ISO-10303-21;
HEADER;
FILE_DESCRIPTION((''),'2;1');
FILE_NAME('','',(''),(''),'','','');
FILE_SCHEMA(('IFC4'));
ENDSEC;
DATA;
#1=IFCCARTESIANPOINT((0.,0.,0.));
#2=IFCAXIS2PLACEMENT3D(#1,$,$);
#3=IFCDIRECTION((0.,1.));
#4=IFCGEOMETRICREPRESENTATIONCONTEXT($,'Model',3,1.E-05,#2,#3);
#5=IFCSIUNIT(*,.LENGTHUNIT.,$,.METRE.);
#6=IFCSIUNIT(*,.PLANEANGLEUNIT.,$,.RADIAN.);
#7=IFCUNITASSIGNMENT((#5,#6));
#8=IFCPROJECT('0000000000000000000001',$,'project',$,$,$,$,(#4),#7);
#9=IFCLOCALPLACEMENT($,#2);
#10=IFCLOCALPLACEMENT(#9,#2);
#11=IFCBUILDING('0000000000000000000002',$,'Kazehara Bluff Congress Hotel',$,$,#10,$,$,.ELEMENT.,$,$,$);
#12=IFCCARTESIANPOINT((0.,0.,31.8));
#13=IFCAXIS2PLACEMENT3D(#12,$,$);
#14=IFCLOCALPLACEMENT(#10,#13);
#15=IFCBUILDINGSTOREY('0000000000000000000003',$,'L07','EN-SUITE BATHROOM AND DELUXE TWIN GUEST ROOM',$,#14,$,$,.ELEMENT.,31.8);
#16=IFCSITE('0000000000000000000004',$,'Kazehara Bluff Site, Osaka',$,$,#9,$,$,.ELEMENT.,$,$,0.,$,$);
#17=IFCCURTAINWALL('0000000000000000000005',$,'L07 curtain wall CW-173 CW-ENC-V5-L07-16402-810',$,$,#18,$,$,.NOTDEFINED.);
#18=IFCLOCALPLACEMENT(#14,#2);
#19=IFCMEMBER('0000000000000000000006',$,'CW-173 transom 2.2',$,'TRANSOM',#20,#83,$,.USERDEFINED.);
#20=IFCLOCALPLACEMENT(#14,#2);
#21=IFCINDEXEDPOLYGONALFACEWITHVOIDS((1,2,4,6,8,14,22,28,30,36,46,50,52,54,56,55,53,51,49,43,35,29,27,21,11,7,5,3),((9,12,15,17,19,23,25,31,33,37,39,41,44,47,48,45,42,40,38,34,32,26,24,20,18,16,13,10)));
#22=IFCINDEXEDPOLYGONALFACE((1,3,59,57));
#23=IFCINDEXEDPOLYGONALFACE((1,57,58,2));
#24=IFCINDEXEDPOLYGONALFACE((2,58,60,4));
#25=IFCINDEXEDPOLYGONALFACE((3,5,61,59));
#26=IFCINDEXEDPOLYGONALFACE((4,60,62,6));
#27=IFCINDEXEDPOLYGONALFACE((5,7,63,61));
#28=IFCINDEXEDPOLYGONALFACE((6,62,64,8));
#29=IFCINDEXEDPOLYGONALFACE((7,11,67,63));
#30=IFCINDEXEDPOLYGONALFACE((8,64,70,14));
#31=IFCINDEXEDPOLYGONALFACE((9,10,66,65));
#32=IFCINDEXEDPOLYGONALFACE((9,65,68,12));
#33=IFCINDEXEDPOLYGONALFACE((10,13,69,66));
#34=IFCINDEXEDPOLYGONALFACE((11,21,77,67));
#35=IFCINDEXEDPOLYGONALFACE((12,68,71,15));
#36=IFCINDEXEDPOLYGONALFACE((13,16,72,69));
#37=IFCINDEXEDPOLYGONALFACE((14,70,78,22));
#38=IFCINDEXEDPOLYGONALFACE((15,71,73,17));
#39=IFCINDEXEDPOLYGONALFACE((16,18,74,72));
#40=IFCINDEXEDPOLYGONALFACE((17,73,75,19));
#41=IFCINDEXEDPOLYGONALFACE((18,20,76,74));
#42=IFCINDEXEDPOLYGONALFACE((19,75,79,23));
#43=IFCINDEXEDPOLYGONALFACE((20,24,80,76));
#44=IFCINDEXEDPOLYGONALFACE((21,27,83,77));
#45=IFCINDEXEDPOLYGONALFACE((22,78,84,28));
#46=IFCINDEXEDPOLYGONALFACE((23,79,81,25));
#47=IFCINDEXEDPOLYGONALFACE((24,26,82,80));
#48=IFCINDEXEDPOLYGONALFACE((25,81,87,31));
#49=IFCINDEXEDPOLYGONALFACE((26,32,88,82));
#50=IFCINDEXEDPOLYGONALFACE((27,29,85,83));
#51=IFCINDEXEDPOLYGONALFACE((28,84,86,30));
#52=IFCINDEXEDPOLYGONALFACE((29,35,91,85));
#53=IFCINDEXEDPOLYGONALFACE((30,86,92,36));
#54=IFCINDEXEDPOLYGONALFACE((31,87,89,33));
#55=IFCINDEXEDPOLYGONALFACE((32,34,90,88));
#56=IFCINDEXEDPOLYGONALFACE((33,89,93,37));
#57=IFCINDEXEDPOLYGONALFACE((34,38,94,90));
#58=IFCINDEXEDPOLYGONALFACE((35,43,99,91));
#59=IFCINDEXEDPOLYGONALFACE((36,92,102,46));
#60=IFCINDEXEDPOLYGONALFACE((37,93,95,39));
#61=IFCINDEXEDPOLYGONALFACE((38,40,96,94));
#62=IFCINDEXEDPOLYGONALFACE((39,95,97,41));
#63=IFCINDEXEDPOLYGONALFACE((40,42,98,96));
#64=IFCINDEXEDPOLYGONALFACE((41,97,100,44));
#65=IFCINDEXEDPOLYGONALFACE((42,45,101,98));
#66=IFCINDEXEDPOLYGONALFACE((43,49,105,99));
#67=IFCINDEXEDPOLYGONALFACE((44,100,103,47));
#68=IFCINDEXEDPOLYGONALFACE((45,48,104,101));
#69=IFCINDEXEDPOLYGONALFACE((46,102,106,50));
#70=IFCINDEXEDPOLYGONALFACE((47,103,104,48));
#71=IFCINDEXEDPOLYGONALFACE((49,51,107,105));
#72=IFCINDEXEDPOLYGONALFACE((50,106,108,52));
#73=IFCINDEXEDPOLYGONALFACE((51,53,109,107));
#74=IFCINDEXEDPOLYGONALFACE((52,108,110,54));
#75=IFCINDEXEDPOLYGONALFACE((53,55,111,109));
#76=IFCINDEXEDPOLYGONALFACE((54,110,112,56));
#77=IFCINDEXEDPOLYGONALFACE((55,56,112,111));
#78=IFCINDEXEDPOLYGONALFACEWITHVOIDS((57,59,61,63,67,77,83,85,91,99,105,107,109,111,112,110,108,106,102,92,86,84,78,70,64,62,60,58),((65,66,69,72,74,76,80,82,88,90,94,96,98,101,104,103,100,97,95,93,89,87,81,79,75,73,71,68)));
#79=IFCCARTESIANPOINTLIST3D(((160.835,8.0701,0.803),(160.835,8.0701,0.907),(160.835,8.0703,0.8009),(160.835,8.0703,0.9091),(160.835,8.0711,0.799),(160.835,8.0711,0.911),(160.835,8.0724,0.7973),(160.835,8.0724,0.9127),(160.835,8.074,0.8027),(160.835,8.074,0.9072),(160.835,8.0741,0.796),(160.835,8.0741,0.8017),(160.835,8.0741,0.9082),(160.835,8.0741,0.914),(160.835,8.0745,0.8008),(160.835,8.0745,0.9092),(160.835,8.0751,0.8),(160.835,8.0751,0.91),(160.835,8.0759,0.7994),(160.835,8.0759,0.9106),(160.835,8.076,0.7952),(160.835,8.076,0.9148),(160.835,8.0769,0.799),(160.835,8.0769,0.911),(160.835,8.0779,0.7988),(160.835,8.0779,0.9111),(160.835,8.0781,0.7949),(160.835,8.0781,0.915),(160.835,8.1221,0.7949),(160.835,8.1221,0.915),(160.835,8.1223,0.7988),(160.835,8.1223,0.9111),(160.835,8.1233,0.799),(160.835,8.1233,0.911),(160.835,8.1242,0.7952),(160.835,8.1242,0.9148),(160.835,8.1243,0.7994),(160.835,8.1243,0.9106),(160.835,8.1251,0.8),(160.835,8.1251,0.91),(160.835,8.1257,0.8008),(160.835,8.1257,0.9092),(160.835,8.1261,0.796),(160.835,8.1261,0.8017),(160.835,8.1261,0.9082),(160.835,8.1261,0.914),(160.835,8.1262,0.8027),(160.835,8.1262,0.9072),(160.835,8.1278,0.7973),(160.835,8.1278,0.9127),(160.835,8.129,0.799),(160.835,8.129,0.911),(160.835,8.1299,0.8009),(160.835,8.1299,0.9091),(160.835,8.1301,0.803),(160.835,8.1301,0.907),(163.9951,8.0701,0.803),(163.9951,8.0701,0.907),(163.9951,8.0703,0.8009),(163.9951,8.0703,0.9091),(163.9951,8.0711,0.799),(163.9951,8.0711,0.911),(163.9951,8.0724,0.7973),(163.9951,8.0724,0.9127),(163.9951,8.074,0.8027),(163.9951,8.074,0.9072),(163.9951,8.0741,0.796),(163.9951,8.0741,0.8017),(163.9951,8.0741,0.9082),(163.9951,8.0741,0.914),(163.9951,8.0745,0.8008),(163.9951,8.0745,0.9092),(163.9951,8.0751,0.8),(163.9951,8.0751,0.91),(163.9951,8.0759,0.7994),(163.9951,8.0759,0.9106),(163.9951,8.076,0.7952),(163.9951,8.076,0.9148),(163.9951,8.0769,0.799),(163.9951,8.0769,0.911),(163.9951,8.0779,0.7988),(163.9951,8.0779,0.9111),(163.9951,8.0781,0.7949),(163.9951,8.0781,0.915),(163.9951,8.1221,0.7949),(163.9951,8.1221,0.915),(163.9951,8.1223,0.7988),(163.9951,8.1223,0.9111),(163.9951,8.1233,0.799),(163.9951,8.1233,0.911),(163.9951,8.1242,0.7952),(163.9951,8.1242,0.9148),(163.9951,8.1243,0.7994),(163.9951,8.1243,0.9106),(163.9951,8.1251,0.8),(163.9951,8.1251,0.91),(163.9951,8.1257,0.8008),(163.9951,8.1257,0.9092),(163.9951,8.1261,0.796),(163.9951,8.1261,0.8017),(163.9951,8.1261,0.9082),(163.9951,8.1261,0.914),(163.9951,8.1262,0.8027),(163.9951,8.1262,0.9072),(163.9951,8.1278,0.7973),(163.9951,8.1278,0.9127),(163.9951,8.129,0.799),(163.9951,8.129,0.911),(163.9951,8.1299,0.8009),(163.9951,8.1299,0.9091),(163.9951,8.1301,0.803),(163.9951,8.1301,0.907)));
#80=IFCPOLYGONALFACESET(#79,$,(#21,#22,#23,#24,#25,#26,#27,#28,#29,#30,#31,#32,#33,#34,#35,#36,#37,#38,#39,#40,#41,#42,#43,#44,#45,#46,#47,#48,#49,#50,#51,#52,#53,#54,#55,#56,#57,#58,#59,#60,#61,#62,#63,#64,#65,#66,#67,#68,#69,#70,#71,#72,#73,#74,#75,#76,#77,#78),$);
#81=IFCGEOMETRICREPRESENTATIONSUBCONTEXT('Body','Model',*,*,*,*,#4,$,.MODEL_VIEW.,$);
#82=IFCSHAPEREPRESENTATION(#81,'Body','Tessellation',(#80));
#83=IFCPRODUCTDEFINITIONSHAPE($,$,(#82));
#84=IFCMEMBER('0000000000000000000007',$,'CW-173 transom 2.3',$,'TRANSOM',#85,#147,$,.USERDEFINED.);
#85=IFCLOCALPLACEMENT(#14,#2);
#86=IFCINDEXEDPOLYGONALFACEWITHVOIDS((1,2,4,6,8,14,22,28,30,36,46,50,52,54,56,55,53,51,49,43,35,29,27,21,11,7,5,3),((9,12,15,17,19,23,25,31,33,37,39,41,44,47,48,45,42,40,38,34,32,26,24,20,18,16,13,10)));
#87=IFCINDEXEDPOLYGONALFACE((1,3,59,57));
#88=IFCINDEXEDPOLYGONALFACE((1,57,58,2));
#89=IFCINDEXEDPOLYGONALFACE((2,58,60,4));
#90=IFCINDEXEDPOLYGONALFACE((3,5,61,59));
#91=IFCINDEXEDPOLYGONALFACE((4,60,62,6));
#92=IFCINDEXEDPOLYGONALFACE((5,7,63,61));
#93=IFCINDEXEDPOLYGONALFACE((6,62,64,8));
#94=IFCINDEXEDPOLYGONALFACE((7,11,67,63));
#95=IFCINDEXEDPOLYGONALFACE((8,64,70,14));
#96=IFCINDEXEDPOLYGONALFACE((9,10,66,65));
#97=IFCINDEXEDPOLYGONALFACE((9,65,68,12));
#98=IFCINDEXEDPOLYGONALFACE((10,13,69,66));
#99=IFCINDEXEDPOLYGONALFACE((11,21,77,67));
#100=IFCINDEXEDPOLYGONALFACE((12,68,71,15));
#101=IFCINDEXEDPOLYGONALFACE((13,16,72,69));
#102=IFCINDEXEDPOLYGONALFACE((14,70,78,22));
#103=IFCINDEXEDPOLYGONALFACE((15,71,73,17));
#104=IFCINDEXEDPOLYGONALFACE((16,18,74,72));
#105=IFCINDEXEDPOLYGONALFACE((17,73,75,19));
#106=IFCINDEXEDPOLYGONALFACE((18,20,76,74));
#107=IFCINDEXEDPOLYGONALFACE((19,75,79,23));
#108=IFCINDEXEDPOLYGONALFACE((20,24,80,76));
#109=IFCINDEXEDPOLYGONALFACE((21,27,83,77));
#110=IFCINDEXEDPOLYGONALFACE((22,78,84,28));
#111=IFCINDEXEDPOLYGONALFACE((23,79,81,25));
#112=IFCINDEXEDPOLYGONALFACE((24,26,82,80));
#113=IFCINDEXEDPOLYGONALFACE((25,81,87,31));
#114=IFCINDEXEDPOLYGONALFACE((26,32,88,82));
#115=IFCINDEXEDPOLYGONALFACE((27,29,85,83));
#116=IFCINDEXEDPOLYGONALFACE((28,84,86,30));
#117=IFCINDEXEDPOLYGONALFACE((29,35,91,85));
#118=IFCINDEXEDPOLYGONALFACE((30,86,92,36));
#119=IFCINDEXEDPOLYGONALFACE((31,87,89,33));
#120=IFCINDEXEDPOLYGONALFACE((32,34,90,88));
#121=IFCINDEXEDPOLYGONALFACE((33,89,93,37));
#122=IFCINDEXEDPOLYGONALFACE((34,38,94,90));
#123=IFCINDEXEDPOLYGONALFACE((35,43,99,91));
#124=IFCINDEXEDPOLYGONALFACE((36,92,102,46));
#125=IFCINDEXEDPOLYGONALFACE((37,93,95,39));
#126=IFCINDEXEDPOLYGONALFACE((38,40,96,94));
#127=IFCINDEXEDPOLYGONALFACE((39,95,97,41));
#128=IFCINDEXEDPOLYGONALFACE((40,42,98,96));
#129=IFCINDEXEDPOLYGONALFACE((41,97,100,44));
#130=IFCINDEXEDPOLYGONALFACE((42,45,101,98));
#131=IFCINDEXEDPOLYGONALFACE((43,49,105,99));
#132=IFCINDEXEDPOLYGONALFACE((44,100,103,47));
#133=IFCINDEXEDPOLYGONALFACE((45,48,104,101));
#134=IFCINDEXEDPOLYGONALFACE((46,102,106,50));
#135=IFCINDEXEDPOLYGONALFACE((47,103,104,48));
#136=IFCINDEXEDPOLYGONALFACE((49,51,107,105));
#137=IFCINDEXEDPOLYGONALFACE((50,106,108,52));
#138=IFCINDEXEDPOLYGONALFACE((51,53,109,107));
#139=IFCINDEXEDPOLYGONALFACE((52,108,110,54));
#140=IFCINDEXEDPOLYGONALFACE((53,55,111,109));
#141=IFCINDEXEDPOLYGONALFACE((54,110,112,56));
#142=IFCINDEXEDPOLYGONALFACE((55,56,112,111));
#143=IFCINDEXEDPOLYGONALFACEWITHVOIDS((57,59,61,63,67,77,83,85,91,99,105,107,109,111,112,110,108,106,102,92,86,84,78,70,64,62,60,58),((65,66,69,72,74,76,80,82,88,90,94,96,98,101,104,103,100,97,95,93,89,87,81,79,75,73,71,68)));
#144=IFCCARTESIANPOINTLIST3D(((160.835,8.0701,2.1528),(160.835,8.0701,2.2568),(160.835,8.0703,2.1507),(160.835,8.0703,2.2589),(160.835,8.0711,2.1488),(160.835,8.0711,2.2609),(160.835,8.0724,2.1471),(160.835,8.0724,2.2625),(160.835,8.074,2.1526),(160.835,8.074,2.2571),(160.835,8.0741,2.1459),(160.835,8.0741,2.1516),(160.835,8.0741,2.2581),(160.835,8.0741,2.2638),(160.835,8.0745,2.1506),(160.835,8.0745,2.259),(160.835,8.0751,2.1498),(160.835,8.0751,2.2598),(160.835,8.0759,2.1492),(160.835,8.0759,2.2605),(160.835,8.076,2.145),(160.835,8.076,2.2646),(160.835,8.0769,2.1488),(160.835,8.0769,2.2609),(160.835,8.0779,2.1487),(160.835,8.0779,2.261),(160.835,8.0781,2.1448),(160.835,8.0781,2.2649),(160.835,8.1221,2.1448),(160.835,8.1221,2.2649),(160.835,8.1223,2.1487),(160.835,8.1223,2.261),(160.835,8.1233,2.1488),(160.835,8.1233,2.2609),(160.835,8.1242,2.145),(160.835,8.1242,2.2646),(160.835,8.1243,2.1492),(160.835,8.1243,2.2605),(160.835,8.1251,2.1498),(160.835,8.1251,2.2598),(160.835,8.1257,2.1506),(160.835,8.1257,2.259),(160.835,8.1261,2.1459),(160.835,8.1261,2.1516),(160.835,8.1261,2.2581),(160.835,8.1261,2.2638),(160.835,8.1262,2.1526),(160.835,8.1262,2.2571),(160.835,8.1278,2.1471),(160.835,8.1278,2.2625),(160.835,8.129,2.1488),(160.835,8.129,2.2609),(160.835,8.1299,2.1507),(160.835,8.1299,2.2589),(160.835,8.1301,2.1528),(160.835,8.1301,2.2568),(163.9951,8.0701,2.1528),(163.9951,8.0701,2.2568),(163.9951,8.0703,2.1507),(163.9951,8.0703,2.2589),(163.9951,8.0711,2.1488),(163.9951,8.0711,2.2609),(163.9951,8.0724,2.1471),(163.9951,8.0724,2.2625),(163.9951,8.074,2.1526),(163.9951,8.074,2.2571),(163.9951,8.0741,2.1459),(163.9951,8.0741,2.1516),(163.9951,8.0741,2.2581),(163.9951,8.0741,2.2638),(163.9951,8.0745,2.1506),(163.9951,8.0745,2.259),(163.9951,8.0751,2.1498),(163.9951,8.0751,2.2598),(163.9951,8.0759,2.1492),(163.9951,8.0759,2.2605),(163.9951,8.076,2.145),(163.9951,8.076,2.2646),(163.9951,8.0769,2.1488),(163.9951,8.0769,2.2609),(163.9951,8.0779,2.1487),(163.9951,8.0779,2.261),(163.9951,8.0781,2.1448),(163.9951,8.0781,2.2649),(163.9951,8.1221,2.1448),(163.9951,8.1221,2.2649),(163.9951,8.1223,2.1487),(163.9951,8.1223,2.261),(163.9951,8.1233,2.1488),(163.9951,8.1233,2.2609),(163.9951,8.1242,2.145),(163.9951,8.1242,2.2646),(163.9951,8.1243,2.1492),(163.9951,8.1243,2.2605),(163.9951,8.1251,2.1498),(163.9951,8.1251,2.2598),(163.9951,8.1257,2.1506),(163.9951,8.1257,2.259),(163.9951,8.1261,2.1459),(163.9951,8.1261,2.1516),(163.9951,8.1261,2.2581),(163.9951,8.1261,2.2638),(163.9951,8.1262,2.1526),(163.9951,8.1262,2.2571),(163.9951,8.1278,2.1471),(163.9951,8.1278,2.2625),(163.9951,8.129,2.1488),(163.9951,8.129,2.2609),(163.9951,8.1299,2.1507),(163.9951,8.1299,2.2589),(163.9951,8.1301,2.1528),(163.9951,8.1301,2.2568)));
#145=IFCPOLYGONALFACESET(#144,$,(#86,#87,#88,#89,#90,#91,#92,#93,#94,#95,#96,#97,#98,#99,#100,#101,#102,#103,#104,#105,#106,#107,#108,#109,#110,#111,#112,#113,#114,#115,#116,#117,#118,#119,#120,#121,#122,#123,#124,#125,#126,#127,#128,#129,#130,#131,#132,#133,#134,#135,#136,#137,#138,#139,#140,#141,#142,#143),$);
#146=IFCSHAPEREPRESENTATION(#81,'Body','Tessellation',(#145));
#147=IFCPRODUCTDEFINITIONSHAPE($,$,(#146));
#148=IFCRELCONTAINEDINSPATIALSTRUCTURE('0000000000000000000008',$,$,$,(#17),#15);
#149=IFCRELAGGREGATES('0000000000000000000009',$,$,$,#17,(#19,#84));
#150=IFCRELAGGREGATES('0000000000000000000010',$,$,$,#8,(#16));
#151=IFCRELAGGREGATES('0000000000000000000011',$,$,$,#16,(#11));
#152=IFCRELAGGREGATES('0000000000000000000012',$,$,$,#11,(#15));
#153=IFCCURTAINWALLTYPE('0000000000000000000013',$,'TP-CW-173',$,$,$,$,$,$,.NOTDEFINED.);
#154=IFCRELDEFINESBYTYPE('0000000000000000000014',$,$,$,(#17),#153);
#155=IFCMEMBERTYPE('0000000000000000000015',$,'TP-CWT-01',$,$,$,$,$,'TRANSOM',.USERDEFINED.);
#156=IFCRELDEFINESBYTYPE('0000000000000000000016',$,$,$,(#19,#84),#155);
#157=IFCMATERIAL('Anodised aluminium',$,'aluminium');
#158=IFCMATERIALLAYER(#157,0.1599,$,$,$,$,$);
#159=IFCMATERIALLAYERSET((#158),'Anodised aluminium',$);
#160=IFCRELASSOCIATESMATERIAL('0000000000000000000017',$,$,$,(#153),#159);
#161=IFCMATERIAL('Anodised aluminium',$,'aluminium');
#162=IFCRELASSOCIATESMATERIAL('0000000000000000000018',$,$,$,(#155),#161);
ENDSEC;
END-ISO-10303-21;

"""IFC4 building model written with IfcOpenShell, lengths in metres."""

from ifc_helpers import new_model, si_unit, direction, frame, origin, origin_2d, place, context, subcontext, project, spatial, hollow_rectangle, extrude, material, layer, layer_set, material_profile, profile_set, type_object, element, aggregate, save


model = new_model("IFC4")

# Units and contexts
model_context = context("Model", 3, precision=1e-05, world=origin(), true_north=direction((0.0, 1.0)))
body_context = subcontext(model_context, "Body", "Model", "MODEL_VIEW")
ifc_project = project(units=[si_unit("LENGTHUNIT", "METRE"), si_unit("PLANEANGLEUNIT", "RADIAN")], contexts=[model_context])

# Site, building, storey
site_placement = place(None, origin())
site = spatial("IfcSite", under=ifc_project, at=site_placement, Name="Kazehara Bluff Site, Osaka", CompositionType="ELEMENT", RefElevation=0.0)
building_placement = place(site_placement, origin())
building = spatial("IfcBuilding", under=site, at=building_placement, Name="Kazehara Bluff Congress Hotel", CompositionType="ELEMENT")
storey_placement = place(building_placement, frame((0.0, 0.0, 31.8)))
storey = spatial("IfcBuildingStorey", under=building, at=storey_placement, Name="L07", Description="EN-SUITE BATHROOM AND DELUXE TWIN GUEST ROOM", CompositionType="ELEMENT", Elevation=31.8)

# Curtain wall, members
ifc_material_1 = material(Name="Anodised aluminium", Category="aluminium")
ifc_layer_1 = layer(ifc_material_1, 0.1599)
ifc_layer_set_1 = layer_set([ifc_layer_1], Name="Anodised aluminium")
curtain_wall_type = type_object("IfcCurtainWallType", Name="TP-CW-173", PredefinedType="NOTDEFINED", material=ifc_layer_set_1)
curtain_wall_placement = place(storey_placement, origin())
curtain_wall = element("IfcCurtainWall", 1, at=curtain_wall_placement, inside=storey, type_object=curtain_wall_type, Name="L07 curtain wall CW-173 CW-ENC-V5-L07-16402-810", PredefinedType="NOTDEFINED")
ifc_material_2 = material(Name="Anodised aluminium", Category="aluminium")
ifc_material_profile_1 = material_profile(ifc_material_2, hollow_rectangle(XDim=0.0601, YDim=0.1201, WallThickness=0.0039, InnerFilletRadius=0.0039, OuterFilletRadius=0.0081, at=origin_2d()))
ifc_profile_set_1 = profile_set([ifc_material_profile_1], Name="Anodised aluminium")
member_type_1 = type_object("IfcMemberType", Name="TP-CWT-01", ElementType="TRANSOM", PredefinedType="USERDEFINED", material=ifc_profile_set_1)
member_1_placement = place(storey_placement, frame((163.9951, 8.1001, 0.855), z_axis=(-1.0, 0.0, 0.0), x_axis=(0.0, -1.0, 0.0)))
member_1 = element("IfcMember", 2, at=member_1_placement, type_object=member_type_1, Name="CW-173 transom 2.2", ObjectType="TRANSOM", PredefinedType="USERDEFINED", context=body_context, shape_type="SweptSolid", body=[
    extrude(hollow_rectangle(XDim=0.0601, YDim=0.1201, WallThickness=0.0039, InnerFilletRadius=0.0039, OuterFilletRadius=0.0081, at=origin_2d()), origin(), (0.0, 0.0, 1.0), 3.1602),
])
member_2_placement = place(storey_placement, frame((163.9951, 8.1001, 2.2048), z_axis=(-1.0, 0.0, 0.0), x_axis=(0.0, -1.0, 0.0)))
member_2 = element("IfcMember", 3, at=member_2_placement, type_object=member_type_1, Name="CW-173 transom 2.3", ObjectType="TRANSOM", PredefinedType="USERDEFINED", context=body_context, shape_type="SweptSolid", body=[
    extrude(hollow_rectangle(XDim=0.0601, YDim=0.1201, WallThickness=0.0039, InnerFilletRadius=0.0039, OuterFilletRadius=0.0081, at=origin_2d()), origin(), (0.0, 0.0, 1.0), 3.1602),
])

aggregate(curtain_wall, [member_1, member_2])

save(model, "model.ifc")
